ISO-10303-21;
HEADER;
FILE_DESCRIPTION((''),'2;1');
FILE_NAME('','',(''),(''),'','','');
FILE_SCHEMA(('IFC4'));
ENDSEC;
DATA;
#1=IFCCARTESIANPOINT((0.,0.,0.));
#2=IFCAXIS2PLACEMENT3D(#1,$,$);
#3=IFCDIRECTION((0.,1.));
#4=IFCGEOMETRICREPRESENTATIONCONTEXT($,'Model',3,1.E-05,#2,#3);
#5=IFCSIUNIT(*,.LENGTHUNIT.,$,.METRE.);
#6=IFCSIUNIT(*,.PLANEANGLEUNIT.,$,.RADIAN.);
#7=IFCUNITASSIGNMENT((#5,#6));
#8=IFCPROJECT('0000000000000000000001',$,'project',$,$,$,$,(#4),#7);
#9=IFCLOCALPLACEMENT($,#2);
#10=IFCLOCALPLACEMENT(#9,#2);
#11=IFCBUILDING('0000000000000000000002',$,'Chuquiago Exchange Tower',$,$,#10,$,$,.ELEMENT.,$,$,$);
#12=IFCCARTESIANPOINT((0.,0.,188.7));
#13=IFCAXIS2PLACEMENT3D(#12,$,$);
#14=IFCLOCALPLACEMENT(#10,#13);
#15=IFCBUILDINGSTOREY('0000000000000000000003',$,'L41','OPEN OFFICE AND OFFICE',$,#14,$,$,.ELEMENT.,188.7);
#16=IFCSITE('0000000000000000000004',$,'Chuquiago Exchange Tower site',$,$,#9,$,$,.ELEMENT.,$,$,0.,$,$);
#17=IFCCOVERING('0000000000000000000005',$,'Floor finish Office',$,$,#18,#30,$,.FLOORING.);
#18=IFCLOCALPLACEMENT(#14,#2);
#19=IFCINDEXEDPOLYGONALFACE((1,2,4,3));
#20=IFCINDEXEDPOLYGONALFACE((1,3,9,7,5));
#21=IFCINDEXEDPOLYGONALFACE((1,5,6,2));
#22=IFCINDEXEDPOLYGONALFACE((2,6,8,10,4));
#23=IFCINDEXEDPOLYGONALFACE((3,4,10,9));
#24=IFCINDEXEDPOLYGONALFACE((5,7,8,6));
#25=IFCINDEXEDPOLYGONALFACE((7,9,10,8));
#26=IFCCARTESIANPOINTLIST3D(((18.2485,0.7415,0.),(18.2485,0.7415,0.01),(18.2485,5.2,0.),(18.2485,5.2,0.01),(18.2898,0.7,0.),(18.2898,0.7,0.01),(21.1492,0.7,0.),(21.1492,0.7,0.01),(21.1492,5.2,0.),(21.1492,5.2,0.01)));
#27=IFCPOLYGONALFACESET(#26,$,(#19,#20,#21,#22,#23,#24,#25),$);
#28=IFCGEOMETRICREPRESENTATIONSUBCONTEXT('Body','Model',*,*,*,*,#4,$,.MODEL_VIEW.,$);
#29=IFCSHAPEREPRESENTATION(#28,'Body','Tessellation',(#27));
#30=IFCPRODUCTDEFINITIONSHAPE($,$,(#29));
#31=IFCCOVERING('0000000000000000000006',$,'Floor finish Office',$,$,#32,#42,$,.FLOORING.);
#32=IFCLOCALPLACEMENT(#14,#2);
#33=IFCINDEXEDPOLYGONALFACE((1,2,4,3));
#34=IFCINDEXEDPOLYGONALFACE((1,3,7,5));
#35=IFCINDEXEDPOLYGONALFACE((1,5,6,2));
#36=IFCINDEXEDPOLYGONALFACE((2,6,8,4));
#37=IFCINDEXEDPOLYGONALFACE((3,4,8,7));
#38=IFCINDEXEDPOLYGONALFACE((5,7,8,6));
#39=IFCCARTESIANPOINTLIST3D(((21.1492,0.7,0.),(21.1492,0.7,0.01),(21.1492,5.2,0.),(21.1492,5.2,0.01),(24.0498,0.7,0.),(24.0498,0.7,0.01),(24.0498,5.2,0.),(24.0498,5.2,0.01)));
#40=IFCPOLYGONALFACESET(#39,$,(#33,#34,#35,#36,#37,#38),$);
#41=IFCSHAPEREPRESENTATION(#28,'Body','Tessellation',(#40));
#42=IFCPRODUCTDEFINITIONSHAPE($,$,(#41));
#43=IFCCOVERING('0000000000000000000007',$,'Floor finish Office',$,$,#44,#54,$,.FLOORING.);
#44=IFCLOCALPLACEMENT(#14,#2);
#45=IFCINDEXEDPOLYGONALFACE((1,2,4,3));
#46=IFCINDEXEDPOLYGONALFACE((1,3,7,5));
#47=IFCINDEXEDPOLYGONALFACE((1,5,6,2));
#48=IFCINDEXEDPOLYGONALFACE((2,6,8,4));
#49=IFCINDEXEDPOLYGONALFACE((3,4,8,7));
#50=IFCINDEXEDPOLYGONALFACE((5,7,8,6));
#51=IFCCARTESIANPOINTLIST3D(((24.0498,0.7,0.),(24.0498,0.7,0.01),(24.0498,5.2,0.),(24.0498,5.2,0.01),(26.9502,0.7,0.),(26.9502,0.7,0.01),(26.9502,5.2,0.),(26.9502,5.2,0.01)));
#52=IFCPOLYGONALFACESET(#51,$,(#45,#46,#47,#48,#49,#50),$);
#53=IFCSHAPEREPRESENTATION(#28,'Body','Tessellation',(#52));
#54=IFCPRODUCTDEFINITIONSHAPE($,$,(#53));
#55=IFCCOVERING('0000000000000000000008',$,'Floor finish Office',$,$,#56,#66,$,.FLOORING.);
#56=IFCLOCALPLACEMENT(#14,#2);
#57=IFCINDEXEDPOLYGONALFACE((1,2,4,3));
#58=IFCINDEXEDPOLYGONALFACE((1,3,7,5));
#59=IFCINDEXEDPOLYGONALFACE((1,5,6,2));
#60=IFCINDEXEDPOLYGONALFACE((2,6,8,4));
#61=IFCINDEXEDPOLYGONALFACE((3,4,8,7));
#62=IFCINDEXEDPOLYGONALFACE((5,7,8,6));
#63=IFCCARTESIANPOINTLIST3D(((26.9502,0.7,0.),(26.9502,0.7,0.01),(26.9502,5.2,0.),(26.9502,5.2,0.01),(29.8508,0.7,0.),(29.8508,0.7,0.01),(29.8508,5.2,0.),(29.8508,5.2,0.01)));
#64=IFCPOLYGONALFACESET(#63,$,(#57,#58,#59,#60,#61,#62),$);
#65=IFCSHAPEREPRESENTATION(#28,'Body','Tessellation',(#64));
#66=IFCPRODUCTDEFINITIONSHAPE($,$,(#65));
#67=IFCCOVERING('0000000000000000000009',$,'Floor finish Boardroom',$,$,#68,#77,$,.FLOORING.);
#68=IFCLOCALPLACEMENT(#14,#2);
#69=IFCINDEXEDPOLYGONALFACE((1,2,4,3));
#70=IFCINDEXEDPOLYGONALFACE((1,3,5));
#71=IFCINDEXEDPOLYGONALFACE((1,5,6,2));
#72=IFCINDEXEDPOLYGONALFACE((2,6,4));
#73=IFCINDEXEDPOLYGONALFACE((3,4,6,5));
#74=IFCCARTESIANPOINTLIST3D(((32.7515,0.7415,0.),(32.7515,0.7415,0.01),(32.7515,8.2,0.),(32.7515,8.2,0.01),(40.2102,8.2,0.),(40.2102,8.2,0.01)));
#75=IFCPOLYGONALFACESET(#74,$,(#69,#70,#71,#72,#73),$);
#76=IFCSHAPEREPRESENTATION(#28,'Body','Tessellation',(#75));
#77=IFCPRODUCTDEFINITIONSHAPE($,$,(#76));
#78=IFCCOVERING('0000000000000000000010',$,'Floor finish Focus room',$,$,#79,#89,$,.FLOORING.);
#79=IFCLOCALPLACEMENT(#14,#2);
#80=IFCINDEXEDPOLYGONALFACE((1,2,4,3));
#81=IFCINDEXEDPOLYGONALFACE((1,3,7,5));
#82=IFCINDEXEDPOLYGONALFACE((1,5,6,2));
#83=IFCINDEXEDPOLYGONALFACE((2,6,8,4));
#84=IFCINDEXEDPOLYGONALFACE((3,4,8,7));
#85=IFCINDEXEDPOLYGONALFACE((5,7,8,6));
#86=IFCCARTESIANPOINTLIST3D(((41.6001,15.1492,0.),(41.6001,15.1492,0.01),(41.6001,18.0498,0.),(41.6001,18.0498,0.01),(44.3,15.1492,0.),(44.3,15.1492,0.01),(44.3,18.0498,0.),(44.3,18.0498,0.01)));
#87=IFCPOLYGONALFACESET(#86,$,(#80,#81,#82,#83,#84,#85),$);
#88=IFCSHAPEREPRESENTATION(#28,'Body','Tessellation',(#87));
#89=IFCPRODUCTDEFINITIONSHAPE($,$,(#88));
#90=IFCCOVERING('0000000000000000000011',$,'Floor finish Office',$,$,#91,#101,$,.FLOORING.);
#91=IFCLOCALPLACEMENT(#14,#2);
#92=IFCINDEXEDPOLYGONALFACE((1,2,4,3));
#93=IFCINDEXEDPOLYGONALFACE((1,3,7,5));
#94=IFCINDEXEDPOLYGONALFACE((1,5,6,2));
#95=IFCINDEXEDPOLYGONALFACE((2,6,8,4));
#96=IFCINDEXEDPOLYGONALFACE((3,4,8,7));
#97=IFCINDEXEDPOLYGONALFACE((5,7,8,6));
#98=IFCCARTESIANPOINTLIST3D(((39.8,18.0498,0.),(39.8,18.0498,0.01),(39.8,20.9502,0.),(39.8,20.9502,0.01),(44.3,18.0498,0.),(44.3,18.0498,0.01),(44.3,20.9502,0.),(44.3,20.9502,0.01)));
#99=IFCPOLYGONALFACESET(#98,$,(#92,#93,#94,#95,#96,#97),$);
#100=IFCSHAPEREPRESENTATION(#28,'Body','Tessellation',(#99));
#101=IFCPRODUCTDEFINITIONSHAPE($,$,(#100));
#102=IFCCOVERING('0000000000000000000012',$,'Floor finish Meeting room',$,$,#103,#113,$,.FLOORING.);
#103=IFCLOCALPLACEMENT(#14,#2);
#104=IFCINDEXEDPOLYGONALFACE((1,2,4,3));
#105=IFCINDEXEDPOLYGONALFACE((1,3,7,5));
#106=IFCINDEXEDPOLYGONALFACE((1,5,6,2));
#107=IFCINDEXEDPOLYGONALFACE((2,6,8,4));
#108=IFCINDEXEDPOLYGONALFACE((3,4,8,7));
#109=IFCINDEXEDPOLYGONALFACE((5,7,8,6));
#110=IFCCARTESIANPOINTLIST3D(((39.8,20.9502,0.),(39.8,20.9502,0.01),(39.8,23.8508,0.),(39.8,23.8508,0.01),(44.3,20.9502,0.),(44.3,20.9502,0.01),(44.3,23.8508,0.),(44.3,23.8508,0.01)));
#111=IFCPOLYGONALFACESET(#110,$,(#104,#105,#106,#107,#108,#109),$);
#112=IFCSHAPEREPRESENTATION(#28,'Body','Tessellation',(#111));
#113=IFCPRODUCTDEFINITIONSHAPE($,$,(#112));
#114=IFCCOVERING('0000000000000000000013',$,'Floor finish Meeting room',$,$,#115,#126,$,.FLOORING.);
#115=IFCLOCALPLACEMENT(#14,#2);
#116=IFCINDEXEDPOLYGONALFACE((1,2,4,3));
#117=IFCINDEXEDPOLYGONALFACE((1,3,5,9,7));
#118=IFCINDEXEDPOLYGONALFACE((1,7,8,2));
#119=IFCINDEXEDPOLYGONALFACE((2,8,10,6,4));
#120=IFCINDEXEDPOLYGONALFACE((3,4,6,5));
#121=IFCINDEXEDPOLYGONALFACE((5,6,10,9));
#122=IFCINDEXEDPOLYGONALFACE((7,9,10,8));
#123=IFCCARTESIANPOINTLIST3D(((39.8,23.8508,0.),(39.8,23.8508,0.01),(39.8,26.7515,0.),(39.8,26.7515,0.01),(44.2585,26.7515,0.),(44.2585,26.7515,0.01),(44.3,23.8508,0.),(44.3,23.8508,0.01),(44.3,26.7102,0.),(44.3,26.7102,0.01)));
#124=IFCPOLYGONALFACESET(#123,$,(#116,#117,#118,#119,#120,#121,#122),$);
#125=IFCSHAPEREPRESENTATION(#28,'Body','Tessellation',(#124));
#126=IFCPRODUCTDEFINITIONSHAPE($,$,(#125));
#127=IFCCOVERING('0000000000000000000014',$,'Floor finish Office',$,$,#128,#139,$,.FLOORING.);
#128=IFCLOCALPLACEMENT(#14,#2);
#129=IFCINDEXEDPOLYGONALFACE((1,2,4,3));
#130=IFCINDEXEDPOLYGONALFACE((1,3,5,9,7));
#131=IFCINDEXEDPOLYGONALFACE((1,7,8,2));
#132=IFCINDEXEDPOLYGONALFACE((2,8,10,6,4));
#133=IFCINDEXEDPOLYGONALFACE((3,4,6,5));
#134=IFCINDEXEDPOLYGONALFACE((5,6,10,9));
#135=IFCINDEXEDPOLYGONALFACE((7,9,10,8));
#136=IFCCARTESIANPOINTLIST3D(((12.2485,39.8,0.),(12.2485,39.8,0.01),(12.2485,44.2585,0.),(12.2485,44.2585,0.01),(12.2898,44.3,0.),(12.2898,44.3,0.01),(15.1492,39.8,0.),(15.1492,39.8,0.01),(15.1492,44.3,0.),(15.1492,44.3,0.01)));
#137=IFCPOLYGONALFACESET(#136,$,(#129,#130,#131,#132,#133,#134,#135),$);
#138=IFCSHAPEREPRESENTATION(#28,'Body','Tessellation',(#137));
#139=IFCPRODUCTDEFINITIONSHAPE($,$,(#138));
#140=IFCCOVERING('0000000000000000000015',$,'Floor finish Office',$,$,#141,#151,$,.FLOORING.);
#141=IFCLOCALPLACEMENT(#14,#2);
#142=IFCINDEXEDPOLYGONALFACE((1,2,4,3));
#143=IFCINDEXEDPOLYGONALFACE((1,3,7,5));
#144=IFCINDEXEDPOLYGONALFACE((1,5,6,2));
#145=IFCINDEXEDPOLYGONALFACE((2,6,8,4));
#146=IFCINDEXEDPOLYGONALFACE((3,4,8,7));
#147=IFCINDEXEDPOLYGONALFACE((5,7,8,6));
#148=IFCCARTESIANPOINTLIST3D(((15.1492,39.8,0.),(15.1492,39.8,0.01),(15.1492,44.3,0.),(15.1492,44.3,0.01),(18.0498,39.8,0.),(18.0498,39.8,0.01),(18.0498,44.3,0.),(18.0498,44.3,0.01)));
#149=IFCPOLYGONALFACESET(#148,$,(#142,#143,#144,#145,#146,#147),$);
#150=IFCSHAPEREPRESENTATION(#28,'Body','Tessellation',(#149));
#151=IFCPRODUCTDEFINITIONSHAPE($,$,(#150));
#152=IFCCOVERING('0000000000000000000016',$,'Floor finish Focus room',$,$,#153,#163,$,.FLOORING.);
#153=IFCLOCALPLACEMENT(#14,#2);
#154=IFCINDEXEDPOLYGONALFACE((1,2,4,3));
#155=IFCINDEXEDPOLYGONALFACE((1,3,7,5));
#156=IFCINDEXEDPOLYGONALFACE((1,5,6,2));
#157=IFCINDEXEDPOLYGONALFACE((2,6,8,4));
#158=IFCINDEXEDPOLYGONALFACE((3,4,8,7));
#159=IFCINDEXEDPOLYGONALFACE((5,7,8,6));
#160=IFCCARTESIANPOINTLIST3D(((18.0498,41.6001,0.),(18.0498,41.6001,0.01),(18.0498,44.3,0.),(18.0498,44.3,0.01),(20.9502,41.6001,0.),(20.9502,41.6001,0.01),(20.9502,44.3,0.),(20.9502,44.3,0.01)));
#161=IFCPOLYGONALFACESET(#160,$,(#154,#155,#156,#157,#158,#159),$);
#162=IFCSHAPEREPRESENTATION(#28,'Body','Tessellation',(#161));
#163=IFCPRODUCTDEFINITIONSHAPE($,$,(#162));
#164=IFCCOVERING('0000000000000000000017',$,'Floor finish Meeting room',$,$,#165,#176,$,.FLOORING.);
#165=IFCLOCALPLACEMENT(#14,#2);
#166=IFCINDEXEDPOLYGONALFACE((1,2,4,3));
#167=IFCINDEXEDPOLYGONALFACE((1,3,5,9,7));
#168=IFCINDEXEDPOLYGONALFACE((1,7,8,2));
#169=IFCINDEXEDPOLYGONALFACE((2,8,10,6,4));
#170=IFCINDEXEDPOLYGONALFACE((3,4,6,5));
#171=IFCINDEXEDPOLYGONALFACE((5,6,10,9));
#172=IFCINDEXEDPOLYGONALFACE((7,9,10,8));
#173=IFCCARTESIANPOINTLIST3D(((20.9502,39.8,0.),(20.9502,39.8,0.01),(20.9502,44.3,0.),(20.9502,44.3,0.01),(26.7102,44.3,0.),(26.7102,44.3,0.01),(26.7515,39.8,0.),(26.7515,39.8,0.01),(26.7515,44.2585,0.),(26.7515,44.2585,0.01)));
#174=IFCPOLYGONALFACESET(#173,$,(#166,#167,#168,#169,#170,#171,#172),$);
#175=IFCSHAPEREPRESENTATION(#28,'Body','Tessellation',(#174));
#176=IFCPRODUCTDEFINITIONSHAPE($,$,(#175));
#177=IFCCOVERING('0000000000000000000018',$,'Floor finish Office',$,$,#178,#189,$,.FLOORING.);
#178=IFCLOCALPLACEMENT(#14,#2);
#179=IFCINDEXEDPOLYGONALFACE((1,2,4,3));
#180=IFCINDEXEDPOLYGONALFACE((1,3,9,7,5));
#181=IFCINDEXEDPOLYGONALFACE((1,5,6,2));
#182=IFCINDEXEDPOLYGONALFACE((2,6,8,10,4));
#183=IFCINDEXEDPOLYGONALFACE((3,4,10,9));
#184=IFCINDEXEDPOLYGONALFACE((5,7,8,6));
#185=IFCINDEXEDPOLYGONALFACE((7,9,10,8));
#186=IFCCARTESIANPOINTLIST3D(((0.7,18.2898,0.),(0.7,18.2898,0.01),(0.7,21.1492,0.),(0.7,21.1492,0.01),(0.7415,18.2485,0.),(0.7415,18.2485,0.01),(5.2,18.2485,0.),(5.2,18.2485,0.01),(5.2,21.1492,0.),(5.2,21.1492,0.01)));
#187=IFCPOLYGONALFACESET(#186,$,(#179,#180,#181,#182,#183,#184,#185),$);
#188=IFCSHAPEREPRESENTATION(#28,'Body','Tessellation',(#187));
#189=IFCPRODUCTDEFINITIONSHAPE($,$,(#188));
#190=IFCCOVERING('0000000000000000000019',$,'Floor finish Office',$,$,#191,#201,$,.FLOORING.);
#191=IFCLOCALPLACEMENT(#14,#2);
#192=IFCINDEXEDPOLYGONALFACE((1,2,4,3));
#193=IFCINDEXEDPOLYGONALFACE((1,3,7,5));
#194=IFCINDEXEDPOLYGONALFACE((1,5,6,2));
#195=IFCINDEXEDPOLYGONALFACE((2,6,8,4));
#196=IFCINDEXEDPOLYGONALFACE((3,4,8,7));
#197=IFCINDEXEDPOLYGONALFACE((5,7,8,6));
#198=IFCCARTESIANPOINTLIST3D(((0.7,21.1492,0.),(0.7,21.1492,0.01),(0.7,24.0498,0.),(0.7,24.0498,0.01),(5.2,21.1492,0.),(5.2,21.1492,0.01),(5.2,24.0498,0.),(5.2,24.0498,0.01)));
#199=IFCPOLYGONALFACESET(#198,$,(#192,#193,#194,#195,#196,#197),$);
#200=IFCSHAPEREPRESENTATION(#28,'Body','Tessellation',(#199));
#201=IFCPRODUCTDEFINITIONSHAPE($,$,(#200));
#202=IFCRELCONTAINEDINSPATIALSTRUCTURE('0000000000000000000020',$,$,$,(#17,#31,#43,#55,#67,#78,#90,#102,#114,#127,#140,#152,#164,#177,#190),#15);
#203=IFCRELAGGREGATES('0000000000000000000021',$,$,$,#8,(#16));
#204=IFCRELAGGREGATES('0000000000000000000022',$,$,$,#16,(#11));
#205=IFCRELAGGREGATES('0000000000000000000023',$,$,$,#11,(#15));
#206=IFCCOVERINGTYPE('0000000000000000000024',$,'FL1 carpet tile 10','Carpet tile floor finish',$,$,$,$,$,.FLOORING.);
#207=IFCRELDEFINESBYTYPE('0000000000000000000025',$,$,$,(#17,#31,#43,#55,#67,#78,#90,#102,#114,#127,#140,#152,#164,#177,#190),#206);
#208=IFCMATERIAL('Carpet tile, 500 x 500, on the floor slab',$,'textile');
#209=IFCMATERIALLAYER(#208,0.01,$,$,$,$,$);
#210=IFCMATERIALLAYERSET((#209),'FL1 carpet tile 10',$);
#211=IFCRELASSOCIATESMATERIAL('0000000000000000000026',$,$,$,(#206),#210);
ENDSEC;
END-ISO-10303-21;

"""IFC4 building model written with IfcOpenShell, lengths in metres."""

from ifc_helpers import new_model, si_unit, direction, frame, origin, place, context, subcontext, project, spatial, polyline, outline, extrude, material, layer, layer_set, type_object, element, save


model = new_model("IFC4")

# Units and contexts
model_context = context("Model", 3, precision=1e-05, world=origin(), true_north=direction((0.0, 1.0)))
body_context = subcontext(model_context, "Body", "Model", "MODEL_VIEW")
ifc_project = project(units=[si_unit("LENGTHUNIT", "METRE"), si_unit("PLANEANGLEUNIT", "RADIAN")], contexts=[model_context])

# Site, building, storey
site_placement = place(None, origin())
site = spatial("IfcSite", under=ifc_project, at=site_placement, Name="Chuquiago Exchange Tower site", CompositionType="ELEMENT", RefElevation=0.0)
building_placement = place(site_placement, origin())
building = spatial("IfcBuilding", under=site, at=building_placement, Name="Chuquiago Exchange Tower", CompositionType="ELEMENT")
storey_placement = place(building_placement, frame((0.0, 0.0, 188.7)))
storey = spatial("IfcBuildingStorey", under=building, at=storey_placement, Name="L41", Description="OPEN OFFICE AND OFFICE", CompositionType="ELEMENT", Elevation=188.7)

# Coverings
ifc_material_1 = material(Name="Carpet tile, 500 x 500, on the floor slab", Category="textile")
ifc_layer_1 = layer(ifc_material_1, 0.01)
ifc_layer_set_1 = layer_set([ifc_layer_1], Name="FL1 carpet tile 10")
covering_type_1 = type_object("IfcCoveringType", Name="FL1 carpet tile 10", Description="Carpet tile floor finish", PredefinedType="FLOORING", material=ifc_layer_set_1)
covering_1_placement = place(storey_placement, origin())
element("IfcCovering", 1, at=covering_1_placement, inside=storey, type_object=covering_type_1, Name="Floor finish Office", PredefinedType="FLOORING", context=body_context, shape_type="SweptSolid", body=[
    extrude(outline(polyline([(18.2898, 0.7), (18.2485, 0.7415), (18.2485, 5.2), (21.1492, 5.2), (21.1492, 0.7), (18.2898, 0.7)])), origin(), (0.0, 0.0, 1.0), 0.01),
])
covering_2_placement = place(storey_placement, origin())
element("IfcCovering", 2, at=covering_2_placement, inside=storey, type_object=covering_type_1, Name="Floor finish Office", PredefinedType="FLOORING", context=body_context, shape_type="SweptSolid", body=[
    extrude(outline(polyline([(21.1492, 0.7), (21.1492, 5.2), (24.0498, 5.2), (24.0498, 0.7), (21.1492, 0.7)])), origin(), (0.0, 0.0, 1.0), 0.01),
])
covering_3_placement = place(storey_placement, origin())
element("IfcCovering", 3, at=covering_3_placement, inside=storey, type_object=covering_type_1, Name="Floor finish Office", PredefinedType="FLOORING", context=body_context, shape_type="SweptSolid", body=[
    extrude(outline(polyline([(24.0498, 0.7), (24.0498, 5.2), (26.9502, 5.2), (26.9502, 0.7), (24.0498, 0.7)])), origin(), (0.0, 0.0, 1.0), 0.01),
])
covering_4_placement = place(storey_placement, origin())
element("IfcCovering", 4, at=covering_4_placement, inside=storey, type_object=covering_type_1, Name="Floor finish Office", PredefinedType="FLOORING", context=body_context, shape_type="SweptSolid", body=[
    extrude(outline(polyline([(26.9502, 0.7), (26.9502, 5.2), (29.8508, 5.2), (29.8508, 0.7), (26.9502, 0.7)])), origin(), (0.0, 0.0, 1.0), 0.01),
])
covering_5_placement = place(storey_placement, origin())
element("IfcCovering", 5, at=covering_5_placement, inside=storey, type_object=covering_type_1, Name="Floor finish Boardroom", PredefinedType="FLOORING", context=body_context, shape_type="SweptSolid", body=[
    extrude(outline(polyline([(32.7515, 0.7415), (32.7515, 8.2), (40.2102, 8.2), (32.7515, 0.7415)])), origin(), (0.0, 0.0, 1.0), 0.01),
])
covering_6_placement = place(storey_placement, origin())
element("IfcCovering", 6, at=covering_6_placement, inside=storey, type_object=covering_type_1, Name="Floor finish Focus room", PredefinedType="FLOORING", context=body_context, shape_type="SweptSolid", body=[
    extrude(outline(polyline([(44.3, 15.1492), (41.6001, 15.1492), (41.6001, 18.0498), (44.3, 18.0498), (44.3, 15.1492)])), origin(), (0.0, 0.0, 1.0), 0.01),
])
covering_7_placement = place(storey_placement, origin())
element("IfcCovering", 7, at=covering_7_placement, inside=storey, type_object=covering_type_1, Name="Floor finish Office", PredefinedType="FLOORING", context=body_context, shape_type="SweptSolid", body=[
    extrude(outline(polyline([(44.3, 18.0498), (39.8, 18.0498), (39.8, 20.9502), (44.3, 20.9502), (44.3, 18.0498)])), origin(), (0.0, 0.0, 1.0), 0.01),
])
covering_8_placement = place(storey_placement, origin())
element("IfcCovering", 8, at=covering_8_placement, inside=storey, type_object=covering_type_1, Name="Floor finish Meeting room", PredefinedType="FLOORING", context=body_context, shape_type="SweptSolid", body=[
    extrude(outline(polyline([(44.3, 20.9502), (39.8, 20.9502), (39.8, 23.8508), (44.3, 23.8508), (44.3, 20.9502)])), origin(), (0.0, 0.0, 1.0), 0.01),
])
covering_9_placement = place(storey_placement, origin())
element("IfcCovering", 9, at=covering_9_placement, inside=storey, type_object=covering_type_1, Name="Floor finish Meeting room", PredefinedType="FLOORING", context=body_context, shape_type="SweptSolid", body=[
    extrude(outline(polyline([(44.3, 26.7102), (44.3, 23.8508), (39.8, 23.8508), (39.8, 26.7515), (44.2585, 26.7515), (44.3, 26.7102)])), origin(), (0.0, 0.0, 1.0), 0.01),
])
covering_10_placement = place(storey_placement, origin())
element("IfcCovering", 10, at=covering_10_placement, inside=storey, type_object=covering_type_1, Name="Floor finish Office", PredefinedType="FLOORING", context=body_context, shape_type="SweptSolid", body=[
    extrude(outline(polyline([(12.2898, 44.3), (15.1492, 44.3), (15.1492, 39.8), (12.2485, 39.8), (12.2485, 44.2585), (12.2898, 44.3)])), origin(), (0.0, 0.0, 1.0), 0.01),
])
covering_11_placement = place(storey_placement, origin())
element("IfcCovering", 11, at=covering_11_placement, inside=storey, type_object=covering_type_1, Name="Floor finish Office", PredefinedType="FLOORING", context=body_context, shape_type="SweptSolid", body=[
    extrude(outline(polyline([(18.0498, 44.3), (18.0498, 39.8), (15.1492, 39.8), (15.1492, 44.3), (18.0498, 44.3)])), origin(), (0.0, 0.0, 1.0), 0.01),
])
covering_12_placement = place(storey_placement, origin())
element("IfcCovering", 12, at=covering_12_placement, inside=storey, type_object=covering_type_1, Name="Floor finish Focus room", PredefinedType="FLOORING", context=body_context, shape_type="SweptSolid", body=[
    extrude(outline(polyline([(20.9502, 44.3), (20.9502, 41.6001), (18.0498, 41.6001), (18.0498, 44.3), (20.9502, 44.3)])), origin(), (0.0, 0.0, 1.0), 0.01),
])
covering_13_placement = place(storey_placement, origin())
element("IfcCovering", 13, at=covering_13_placement, inside=storey, type_object=covering_type_1, Name="Floor finish Meeting room", PredefinedType="FLOORING", context=body_context, shape_type="SweptSolid", body=[
    extrude(outline(polyline([(26.7102, 44.3), (26.7515, 44.2585), (26.7515, 39.8), (20.9502, 39.8), (20.9502, 44.3), (26.7102, 44.3)])), origin(), (0.0, 0.0, 1.0), 0.01),
])
covering_14_placement = place(storey_placement, origin())
element("IfcCovering", 14, at=covering_14_placement, inside=storey, type_object=covering_type_1, Name="Floor finish Office", PredefinedType="FLOORING", context=body_context, shape_type="SweptSolid", body=[
    extrude(outline(polyline([(0.7, 21.1492), (5.2, 21.1492), (5.2, 18.2485), (0.7415, 18.2485), (0.7, 18.2898), (0.7, 21.1492)])), origin(), (0.0, 0.0, 1.0), 0.01),
])
covering_15_placement = place(storey_placement, origin())
element("IfcCovering", 15, at=covering_15_placement, inside=storey, type_object=covering_type_1, Name="Floor finish Office", PredefinedType="FLOORING", context=body_context, shape_type="SweptSolid", body=[
    extrude(outline(polyline([(0.7, 24.0498), (5.2, 24.0498), (5.2, 21.1492), (0.7, 21.1492), (0.7, 24.0498)])), origin(), (0.0, 0.0, 1.0), 0.01),
])

save(model, "model.ifc")
